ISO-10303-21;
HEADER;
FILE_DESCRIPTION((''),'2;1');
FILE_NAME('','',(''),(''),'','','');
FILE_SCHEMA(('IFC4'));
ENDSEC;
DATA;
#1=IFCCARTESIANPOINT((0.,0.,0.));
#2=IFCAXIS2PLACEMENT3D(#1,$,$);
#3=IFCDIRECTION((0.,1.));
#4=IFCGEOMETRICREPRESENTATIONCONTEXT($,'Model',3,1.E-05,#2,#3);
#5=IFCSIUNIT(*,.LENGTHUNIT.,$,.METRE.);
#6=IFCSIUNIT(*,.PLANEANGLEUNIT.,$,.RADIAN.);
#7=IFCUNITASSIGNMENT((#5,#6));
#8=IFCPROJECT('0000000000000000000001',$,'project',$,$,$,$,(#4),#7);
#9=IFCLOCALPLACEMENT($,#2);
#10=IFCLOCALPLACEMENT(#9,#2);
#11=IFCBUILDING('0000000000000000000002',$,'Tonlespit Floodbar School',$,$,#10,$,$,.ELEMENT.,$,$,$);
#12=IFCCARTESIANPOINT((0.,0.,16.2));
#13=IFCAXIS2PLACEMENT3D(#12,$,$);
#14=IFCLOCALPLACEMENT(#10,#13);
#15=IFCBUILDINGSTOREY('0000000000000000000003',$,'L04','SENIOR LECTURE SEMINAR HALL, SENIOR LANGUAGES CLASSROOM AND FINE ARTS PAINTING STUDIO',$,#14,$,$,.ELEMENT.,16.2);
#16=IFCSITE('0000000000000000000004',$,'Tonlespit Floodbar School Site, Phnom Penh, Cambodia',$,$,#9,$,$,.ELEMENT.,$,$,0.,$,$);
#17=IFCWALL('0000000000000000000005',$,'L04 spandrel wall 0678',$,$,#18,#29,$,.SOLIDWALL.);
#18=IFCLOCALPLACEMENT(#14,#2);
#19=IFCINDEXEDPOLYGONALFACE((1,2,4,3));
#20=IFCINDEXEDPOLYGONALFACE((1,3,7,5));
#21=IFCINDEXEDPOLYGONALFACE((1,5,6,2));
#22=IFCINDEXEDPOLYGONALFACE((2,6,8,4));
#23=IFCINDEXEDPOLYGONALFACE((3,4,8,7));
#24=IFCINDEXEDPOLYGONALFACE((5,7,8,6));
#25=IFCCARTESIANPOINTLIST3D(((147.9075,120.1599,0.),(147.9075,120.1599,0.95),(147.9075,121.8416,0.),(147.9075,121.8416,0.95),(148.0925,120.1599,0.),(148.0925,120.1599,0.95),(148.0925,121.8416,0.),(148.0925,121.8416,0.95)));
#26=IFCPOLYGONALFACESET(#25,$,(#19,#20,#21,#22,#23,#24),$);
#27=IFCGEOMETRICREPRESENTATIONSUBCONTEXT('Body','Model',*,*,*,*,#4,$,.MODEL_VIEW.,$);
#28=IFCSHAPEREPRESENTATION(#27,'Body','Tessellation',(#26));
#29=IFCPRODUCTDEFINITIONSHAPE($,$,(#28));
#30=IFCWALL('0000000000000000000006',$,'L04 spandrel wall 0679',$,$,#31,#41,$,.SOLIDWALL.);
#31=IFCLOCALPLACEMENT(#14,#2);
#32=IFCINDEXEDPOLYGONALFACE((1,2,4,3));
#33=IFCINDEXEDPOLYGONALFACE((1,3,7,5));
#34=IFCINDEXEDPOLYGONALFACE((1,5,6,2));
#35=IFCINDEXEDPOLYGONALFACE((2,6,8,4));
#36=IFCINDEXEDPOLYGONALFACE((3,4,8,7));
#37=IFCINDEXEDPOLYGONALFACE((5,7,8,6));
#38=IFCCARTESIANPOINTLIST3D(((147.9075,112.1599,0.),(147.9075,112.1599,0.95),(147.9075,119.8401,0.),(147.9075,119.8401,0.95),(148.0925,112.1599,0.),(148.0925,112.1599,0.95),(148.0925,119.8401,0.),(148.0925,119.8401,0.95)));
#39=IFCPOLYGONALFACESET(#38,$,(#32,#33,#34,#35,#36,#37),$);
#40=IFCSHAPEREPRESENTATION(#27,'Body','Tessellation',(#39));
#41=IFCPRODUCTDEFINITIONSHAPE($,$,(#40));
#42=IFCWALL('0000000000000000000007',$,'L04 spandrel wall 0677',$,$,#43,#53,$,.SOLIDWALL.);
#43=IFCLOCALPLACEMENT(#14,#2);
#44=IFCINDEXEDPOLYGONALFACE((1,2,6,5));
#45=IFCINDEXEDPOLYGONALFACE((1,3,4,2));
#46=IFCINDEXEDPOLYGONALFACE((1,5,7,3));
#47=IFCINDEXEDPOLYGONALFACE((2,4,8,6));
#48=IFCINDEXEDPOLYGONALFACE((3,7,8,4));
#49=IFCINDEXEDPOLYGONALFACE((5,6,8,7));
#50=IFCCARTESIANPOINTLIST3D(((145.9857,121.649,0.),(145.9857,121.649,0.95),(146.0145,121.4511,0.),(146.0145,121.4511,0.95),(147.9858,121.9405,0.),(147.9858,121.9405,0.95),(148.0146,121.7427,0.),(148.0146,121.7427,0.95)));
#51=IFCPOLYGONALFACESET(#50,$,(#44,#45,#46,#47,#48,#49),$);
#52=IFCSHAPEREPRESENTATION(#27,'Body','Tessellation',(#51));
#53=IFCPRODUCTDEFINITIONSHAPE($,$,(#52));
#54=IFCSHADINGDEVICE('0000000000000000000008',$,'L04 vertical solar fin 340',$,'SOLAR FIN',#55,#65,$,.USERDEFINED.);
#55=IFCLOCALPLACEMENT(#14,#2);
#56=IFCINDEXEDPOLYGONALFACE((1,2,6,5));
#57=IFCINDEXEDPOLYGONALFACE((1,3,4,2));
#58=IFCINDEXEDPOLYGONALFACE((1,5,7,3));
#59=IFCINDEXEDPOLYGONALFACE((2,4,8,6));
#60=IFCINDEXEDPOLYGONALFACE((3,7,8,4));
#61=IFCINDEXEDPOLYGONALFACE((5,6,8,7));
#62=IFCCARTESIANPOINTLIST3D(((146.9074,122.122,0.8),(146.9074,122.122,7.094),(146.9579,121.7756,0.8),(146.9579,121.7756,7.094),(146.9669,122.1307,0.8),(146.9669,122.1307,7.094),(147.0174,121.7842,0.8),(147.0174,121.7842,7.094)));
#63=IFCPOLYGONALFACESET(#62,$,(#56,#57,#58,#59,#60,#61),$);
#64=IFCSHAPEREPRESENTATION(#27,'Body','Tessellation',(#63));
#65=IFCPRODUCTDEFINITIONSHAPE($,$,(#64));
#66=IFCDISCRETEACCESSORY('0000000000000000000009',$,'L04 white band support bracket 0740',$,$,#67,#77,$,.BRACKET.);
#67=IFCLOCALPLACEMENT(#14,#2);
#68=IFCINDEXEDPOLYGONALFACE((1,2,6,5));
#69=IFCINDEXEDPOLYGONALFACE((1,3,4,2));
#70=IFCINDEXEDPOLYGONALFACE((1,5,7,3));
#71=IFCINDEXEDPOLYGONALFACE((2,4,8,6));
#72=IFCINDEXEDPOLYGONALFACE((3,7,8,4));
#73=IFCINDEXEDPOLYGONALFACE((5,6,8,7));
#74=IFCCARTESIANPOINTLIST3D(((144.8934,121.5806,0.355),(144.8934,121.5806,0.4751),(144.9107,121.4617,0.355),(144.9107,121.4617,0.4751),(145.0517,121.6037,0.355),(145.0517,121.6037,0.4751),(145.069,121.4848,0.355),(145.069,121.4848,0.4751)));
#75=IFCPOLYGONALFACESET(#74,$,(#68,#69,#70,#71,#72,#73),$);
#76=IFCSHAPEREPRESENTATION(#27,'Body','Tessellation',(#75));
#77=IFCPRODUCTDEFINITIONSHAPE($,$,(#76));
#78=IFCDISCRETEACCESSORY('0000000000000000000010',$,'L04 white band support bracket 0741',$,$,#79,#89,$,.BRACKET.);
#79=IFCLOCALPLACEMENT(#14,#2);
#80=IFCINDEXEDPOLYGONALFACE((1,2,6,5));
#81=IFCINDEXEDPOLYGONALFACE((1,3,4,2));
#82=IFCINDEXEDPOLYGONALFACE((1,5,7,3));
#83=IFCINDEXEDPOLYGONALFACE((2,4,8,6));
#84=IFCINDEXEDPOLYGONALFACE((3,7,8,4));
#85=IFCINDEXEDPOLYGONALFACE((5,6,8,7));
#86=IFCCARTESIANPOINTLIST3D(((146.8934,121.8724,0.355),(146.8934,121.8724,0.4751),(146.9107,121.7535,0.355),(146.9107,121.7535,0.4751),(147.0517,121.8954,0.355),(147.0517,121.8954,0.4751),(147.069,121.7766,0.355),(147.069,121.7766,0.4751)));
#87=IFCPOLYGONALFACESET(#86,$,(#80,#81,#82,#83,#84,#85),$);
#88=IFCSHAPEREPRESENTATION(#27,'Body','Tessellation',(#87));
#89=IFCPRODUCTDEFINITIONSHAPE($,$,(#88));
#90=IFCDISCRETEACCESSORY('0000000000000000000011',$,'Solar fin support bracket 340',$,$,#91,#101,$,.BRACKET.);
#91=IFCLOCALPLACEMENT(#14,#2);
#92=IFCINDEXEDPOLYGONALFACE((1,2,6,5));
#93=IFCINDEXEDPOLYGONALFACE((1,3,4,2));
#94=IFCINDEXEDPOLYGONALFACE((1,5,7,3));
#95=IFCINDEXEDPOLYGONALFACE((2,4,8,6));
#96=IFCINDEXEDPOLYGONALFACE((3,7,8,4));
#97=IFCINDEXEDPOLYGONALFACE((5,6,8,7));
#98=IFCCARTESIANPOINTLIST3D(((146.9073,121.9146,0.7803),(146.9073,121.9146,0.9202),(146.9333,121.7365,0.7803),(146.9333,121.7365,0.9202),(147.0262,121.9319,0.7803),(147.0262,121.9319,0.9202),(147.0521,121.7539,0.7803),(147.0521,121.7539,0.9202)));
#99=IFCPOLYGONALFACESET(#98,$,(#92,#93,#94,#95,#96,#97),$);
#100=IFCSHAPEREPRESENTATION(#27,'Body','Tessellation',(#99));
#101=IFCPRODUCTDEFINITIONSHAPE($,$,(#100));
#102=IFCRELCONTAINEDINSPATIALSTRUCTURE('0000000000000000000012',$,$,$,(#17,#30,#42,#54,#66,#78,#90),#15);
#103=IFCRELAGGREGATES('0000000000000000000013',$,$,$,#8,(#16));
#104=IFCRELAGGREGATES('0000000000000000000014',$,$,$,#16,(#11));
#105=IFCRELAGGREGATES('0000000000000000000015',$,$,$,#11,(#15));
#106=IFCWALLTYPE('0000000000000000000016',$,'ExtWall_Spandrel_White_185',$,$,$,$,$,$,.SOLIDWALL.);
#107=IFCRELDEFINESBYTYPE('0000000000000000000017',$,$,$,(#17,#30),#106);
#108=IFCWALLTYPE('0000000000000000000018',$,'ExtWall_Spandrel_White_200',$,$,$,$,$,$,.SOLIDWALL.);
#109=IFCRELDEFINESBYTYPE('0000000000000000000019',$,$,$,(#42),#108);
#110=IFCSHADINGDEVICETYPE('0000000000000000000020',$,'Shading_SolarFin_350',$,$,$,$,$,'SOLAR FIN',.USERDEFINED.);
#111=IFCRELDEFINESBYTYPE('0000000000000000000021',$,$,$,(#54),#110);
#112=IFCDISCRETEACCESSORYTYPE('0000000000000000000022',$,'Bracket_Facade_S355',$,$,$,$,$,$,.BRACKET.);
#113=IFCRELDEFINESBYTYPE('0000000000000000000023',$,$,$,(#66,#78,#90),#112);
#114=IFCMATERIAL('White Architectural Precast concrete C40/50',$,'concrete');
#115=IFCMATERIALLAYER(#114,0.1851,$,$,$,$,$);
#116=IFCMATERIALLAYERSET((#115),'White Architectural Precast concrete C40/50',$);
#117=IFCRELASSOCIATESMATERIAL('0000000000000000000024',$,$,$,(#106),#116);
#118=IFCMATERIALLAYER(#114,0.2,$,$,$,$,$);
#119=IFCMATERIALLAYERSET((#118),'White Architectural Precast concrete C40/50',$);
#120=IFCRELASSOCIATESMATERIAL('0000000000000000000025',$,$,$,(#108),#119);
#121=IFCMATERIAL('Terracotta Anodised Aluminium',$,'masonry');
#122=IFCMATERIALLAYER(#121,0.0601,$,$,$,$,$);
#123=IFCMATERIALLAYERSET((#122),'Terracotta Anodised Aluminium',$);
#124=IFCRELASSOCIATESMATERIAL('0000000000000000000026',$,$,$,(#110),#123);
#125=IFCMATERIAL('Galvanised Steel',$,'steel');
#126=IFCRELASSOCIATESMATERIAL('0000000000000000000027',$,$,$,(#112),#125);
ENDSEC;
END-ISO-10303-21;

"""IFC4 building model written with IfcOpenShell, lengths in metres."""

from ifc_helpers import new_model, si_unit, direction, frame, frame_2d, origin, origin_2d, place, context, subcontext, project, spatial, rectangle, extrude, material, layer, layer_set, type_object, element, save


model = new_model("IFC4")

# Units and contexts
model_context = context("Model", 3, precision=1e-05, world=origin(), true_north=direction((0.0, 1.0)))
body_context = subcontext(model_context, "Body", "Model", "MODEL_VIEW")
ifc_project = project(units=[si_unit("LENGTHUNIT", "METRE"), si_unit("PLANEANGLEUNIT", "RADIAN")], contexts=[model_context])

# Site, building, storey
site_placement = place(None, origin())
site = spatial("IfcSite", under=ifc_project, at=site_placement, Name="Tonlespit Floodbar School Site, Phnom Penh, Cambodia", CompositionType="ELEMENT", RefElevation=0.0)
building_placement = place(site_placement, origin())
building = spatial("IfcBuilding", under=site, at=building_placement, Name="Tonlespit Floodbar School", CompositionType="ELEMENT")
storey_placement = place(building_placement, frame((0.0, 0.0, 16.2)))
storey = spatial("IfcBuildingStorey", under=building, at=storey_placement, Name="L04", Description="SENIOR LECTURE SEMINAR HALL, SENIOR LANGUAGES CLASSROOM AND FINE ARTS PAINTING STUDIO", CompositionType="ELEMENT", Elevation=16.2)

# Walls
ifc_material_1 = material(Name="White Architectural Precast concrete C40/50", Category="concrete")
ifc_layer_1 = layer(ifc_material_1, 0.1851)
ifc_layer_set_1 = layer_set([ifc_layer_1], Name="White Architectural Precast concrete C40/50")
wall_type_1 = type_object("IfcWallType", Name="ExtWall_Spandrel_White_185", PredefinedType="SOLIDWALL", material=ifc_layer_set_1)
wall_1_placement = place(storey_placement, frame((148.0, 121.8416, 0.0), z_axis=(0.0, 0.0, 1.0), x_axis=(0.0, -1.0, 0.0)))
element("IfcWall", 1, at=wall_1_placement, inside=storey, type_object=wall_type_1, Name="L04 spandrel wall 0678", PredefinedType="SOLIDWALL", context=body_context, shape_type="SweptSolid", body=[
    extrude(rectangle(XDim=1.6816, YDim=0.1851, at=frame_2d((0.8408, 0.0))), origin(), (0.0, 0.0, 1.0), 0.95),
])
wall_2_placement = place(storey_placement, frame((148.0, 119.8401, 0.0), z_axis=(0.0, 0.0, 1.0), x_axis=(0.0, -1.0, 0.0)))
element("IfcWall", 2, at=wall_2_placement, inside=storey, type_object=wall_type_1, Name="L04 spandrel wall 0679", PredefinedType="SOLIDWALL", context=body_context, shape_type="SweptSolid", body=[
    extrude(rectangle(XDim=7.6802, YDim=0.1851, at=frame_2d((3.8401, 0.0))), origin(), (0.0, 0.0, 1.0), 0.95),
])
ifc_layer_2 = layer(ifc_material_1, 0.2)
ifc_layer_set_2 = layer_set([ifc_layer_2], Name="White Architectural Precast concrete C40/50")
wall_type_2 = type_object("IfcWallType", Name="ExtWall_Spandrel_White_200", PredefinedType="SOLIDWALL", material=ifc_layer_set_2)
wall_3_placement = place(storey_placement, frame((146.0, 121.55, 0.0), z_axis=(0.0, 0.0, 1.0), x_axis=(0.989544, 0.144228, 0.0)))
element("IfcWall", 3, at=wall_3_placement, inside=storey, type_object=wall_type_2, Name="L04 spandrel wall 0677", PredefinedType="SOLIDWALL", context=body_context, shape_type="SweptSolid", body=[
    extrude(rectangle(XDim=2.0212, YDim=0.2, at=frame_2d((1.0107, 0.0))), origin(), (0.0, 0.0, 1.0), 0.95),
])

# Shared definitions
ifc_material_2 = material(Name="Galvanised Steel", Category="steel")

# Shading device
ifc_material_3 = material(Name="Terracotta Anodised Aluminium", Category="masonry")
ifc_layer_3 = layer(ifc_material_3, 0.0601)
ifc_layer_set_3 = layer_set([ifc_layer_3], Name="Terracotta Anodised Aluminium")
shading_device_type = type_object("IfcShadingDeviceType", Name="Shading_SolarFin_350", ElementType="SOLAR FIN", PredefinedType="USERDEFINED", material=ifc_layer_set_3)
shading_device_placement = place(storey_placement, frame((146.9624, 121.9531, 0.8), z_axis=(0.0, 0.0, 1.0), x_axis=(0.989538, 0.144275, 0.0)))
element("IfcShadingDevice", 4, at=shading_device_placement, inside=storey, type_object=shading_device_type, Name="L04 vertical solar fin 340", ObjectType="SOLAR FIN", PredefinedType="USERDEFINED", context=body_context, shape_type="SweptSolid", body=[
    extrude(rectangle(XDim=0.0601, YDim=0.3501, at=origin_2d()), origin(), (0.0, 0.0, 1.0), 6.2939),
])

# Discrete accessories
discrete_accessory_type = type_object("IfcDiscreteAccessoryType", Name="Bracket_Facade_S355", PredefinedType="BRACKET", material=ifc_material_2)
for number, where, z_axis, x_axis, name in (
    (5, (144.9812, 121.5327, 0.355), (0.0, 0.0, 1.0), (0.989538, 0.144275, 0.0), "L04 white band support bracket 0740"),
    (6, (146.9812, 121.8245, 0.355), (0.0, 0.0, 1.0), (0.989538, 0.144275, 0.0), "L04 white band support bracket 0741"),
):
    element("IfcDiscreteAccessory", number, at=place(storey_placement, frame(where, z_axis=z_axis, x_axis=x_axis)), inside=storey, type_object=discrete_accessory_type, Name=name, PredefinedType="BRACKET", context=body_context, shape_type="SweptSolid", body=[
        extrude(rectangle(XDim=0.1599, YDim=0.1201, at=origin_2d()), origin(), (0.0, 0.0, 1.0), 0.1201),
    ])
discrete_accessory_placement = place(storey_placement, frame((146.9797, 121.8342, 0.7803), z_axis=(0.0, 0.0, 1.0), x_axis=(0.989538, 0.144275, 0.0)))
element("IfcDiscreteAccessory", 7, at=discrete_accessory_placement, inside=storey, type_object=discrete_accessory_type, Name="Solar fin support bracket 340", PredefinedType="BRACKET", context=body_context, shape_type="SweptSolid", body=[
    extrude(rectangle(XDim=0.1201, YDim=0.1799, at=origin_2d()), origin(), (0.0, 0.0, 1.0), 0.1399),
])

save(model, "model.ifc")
